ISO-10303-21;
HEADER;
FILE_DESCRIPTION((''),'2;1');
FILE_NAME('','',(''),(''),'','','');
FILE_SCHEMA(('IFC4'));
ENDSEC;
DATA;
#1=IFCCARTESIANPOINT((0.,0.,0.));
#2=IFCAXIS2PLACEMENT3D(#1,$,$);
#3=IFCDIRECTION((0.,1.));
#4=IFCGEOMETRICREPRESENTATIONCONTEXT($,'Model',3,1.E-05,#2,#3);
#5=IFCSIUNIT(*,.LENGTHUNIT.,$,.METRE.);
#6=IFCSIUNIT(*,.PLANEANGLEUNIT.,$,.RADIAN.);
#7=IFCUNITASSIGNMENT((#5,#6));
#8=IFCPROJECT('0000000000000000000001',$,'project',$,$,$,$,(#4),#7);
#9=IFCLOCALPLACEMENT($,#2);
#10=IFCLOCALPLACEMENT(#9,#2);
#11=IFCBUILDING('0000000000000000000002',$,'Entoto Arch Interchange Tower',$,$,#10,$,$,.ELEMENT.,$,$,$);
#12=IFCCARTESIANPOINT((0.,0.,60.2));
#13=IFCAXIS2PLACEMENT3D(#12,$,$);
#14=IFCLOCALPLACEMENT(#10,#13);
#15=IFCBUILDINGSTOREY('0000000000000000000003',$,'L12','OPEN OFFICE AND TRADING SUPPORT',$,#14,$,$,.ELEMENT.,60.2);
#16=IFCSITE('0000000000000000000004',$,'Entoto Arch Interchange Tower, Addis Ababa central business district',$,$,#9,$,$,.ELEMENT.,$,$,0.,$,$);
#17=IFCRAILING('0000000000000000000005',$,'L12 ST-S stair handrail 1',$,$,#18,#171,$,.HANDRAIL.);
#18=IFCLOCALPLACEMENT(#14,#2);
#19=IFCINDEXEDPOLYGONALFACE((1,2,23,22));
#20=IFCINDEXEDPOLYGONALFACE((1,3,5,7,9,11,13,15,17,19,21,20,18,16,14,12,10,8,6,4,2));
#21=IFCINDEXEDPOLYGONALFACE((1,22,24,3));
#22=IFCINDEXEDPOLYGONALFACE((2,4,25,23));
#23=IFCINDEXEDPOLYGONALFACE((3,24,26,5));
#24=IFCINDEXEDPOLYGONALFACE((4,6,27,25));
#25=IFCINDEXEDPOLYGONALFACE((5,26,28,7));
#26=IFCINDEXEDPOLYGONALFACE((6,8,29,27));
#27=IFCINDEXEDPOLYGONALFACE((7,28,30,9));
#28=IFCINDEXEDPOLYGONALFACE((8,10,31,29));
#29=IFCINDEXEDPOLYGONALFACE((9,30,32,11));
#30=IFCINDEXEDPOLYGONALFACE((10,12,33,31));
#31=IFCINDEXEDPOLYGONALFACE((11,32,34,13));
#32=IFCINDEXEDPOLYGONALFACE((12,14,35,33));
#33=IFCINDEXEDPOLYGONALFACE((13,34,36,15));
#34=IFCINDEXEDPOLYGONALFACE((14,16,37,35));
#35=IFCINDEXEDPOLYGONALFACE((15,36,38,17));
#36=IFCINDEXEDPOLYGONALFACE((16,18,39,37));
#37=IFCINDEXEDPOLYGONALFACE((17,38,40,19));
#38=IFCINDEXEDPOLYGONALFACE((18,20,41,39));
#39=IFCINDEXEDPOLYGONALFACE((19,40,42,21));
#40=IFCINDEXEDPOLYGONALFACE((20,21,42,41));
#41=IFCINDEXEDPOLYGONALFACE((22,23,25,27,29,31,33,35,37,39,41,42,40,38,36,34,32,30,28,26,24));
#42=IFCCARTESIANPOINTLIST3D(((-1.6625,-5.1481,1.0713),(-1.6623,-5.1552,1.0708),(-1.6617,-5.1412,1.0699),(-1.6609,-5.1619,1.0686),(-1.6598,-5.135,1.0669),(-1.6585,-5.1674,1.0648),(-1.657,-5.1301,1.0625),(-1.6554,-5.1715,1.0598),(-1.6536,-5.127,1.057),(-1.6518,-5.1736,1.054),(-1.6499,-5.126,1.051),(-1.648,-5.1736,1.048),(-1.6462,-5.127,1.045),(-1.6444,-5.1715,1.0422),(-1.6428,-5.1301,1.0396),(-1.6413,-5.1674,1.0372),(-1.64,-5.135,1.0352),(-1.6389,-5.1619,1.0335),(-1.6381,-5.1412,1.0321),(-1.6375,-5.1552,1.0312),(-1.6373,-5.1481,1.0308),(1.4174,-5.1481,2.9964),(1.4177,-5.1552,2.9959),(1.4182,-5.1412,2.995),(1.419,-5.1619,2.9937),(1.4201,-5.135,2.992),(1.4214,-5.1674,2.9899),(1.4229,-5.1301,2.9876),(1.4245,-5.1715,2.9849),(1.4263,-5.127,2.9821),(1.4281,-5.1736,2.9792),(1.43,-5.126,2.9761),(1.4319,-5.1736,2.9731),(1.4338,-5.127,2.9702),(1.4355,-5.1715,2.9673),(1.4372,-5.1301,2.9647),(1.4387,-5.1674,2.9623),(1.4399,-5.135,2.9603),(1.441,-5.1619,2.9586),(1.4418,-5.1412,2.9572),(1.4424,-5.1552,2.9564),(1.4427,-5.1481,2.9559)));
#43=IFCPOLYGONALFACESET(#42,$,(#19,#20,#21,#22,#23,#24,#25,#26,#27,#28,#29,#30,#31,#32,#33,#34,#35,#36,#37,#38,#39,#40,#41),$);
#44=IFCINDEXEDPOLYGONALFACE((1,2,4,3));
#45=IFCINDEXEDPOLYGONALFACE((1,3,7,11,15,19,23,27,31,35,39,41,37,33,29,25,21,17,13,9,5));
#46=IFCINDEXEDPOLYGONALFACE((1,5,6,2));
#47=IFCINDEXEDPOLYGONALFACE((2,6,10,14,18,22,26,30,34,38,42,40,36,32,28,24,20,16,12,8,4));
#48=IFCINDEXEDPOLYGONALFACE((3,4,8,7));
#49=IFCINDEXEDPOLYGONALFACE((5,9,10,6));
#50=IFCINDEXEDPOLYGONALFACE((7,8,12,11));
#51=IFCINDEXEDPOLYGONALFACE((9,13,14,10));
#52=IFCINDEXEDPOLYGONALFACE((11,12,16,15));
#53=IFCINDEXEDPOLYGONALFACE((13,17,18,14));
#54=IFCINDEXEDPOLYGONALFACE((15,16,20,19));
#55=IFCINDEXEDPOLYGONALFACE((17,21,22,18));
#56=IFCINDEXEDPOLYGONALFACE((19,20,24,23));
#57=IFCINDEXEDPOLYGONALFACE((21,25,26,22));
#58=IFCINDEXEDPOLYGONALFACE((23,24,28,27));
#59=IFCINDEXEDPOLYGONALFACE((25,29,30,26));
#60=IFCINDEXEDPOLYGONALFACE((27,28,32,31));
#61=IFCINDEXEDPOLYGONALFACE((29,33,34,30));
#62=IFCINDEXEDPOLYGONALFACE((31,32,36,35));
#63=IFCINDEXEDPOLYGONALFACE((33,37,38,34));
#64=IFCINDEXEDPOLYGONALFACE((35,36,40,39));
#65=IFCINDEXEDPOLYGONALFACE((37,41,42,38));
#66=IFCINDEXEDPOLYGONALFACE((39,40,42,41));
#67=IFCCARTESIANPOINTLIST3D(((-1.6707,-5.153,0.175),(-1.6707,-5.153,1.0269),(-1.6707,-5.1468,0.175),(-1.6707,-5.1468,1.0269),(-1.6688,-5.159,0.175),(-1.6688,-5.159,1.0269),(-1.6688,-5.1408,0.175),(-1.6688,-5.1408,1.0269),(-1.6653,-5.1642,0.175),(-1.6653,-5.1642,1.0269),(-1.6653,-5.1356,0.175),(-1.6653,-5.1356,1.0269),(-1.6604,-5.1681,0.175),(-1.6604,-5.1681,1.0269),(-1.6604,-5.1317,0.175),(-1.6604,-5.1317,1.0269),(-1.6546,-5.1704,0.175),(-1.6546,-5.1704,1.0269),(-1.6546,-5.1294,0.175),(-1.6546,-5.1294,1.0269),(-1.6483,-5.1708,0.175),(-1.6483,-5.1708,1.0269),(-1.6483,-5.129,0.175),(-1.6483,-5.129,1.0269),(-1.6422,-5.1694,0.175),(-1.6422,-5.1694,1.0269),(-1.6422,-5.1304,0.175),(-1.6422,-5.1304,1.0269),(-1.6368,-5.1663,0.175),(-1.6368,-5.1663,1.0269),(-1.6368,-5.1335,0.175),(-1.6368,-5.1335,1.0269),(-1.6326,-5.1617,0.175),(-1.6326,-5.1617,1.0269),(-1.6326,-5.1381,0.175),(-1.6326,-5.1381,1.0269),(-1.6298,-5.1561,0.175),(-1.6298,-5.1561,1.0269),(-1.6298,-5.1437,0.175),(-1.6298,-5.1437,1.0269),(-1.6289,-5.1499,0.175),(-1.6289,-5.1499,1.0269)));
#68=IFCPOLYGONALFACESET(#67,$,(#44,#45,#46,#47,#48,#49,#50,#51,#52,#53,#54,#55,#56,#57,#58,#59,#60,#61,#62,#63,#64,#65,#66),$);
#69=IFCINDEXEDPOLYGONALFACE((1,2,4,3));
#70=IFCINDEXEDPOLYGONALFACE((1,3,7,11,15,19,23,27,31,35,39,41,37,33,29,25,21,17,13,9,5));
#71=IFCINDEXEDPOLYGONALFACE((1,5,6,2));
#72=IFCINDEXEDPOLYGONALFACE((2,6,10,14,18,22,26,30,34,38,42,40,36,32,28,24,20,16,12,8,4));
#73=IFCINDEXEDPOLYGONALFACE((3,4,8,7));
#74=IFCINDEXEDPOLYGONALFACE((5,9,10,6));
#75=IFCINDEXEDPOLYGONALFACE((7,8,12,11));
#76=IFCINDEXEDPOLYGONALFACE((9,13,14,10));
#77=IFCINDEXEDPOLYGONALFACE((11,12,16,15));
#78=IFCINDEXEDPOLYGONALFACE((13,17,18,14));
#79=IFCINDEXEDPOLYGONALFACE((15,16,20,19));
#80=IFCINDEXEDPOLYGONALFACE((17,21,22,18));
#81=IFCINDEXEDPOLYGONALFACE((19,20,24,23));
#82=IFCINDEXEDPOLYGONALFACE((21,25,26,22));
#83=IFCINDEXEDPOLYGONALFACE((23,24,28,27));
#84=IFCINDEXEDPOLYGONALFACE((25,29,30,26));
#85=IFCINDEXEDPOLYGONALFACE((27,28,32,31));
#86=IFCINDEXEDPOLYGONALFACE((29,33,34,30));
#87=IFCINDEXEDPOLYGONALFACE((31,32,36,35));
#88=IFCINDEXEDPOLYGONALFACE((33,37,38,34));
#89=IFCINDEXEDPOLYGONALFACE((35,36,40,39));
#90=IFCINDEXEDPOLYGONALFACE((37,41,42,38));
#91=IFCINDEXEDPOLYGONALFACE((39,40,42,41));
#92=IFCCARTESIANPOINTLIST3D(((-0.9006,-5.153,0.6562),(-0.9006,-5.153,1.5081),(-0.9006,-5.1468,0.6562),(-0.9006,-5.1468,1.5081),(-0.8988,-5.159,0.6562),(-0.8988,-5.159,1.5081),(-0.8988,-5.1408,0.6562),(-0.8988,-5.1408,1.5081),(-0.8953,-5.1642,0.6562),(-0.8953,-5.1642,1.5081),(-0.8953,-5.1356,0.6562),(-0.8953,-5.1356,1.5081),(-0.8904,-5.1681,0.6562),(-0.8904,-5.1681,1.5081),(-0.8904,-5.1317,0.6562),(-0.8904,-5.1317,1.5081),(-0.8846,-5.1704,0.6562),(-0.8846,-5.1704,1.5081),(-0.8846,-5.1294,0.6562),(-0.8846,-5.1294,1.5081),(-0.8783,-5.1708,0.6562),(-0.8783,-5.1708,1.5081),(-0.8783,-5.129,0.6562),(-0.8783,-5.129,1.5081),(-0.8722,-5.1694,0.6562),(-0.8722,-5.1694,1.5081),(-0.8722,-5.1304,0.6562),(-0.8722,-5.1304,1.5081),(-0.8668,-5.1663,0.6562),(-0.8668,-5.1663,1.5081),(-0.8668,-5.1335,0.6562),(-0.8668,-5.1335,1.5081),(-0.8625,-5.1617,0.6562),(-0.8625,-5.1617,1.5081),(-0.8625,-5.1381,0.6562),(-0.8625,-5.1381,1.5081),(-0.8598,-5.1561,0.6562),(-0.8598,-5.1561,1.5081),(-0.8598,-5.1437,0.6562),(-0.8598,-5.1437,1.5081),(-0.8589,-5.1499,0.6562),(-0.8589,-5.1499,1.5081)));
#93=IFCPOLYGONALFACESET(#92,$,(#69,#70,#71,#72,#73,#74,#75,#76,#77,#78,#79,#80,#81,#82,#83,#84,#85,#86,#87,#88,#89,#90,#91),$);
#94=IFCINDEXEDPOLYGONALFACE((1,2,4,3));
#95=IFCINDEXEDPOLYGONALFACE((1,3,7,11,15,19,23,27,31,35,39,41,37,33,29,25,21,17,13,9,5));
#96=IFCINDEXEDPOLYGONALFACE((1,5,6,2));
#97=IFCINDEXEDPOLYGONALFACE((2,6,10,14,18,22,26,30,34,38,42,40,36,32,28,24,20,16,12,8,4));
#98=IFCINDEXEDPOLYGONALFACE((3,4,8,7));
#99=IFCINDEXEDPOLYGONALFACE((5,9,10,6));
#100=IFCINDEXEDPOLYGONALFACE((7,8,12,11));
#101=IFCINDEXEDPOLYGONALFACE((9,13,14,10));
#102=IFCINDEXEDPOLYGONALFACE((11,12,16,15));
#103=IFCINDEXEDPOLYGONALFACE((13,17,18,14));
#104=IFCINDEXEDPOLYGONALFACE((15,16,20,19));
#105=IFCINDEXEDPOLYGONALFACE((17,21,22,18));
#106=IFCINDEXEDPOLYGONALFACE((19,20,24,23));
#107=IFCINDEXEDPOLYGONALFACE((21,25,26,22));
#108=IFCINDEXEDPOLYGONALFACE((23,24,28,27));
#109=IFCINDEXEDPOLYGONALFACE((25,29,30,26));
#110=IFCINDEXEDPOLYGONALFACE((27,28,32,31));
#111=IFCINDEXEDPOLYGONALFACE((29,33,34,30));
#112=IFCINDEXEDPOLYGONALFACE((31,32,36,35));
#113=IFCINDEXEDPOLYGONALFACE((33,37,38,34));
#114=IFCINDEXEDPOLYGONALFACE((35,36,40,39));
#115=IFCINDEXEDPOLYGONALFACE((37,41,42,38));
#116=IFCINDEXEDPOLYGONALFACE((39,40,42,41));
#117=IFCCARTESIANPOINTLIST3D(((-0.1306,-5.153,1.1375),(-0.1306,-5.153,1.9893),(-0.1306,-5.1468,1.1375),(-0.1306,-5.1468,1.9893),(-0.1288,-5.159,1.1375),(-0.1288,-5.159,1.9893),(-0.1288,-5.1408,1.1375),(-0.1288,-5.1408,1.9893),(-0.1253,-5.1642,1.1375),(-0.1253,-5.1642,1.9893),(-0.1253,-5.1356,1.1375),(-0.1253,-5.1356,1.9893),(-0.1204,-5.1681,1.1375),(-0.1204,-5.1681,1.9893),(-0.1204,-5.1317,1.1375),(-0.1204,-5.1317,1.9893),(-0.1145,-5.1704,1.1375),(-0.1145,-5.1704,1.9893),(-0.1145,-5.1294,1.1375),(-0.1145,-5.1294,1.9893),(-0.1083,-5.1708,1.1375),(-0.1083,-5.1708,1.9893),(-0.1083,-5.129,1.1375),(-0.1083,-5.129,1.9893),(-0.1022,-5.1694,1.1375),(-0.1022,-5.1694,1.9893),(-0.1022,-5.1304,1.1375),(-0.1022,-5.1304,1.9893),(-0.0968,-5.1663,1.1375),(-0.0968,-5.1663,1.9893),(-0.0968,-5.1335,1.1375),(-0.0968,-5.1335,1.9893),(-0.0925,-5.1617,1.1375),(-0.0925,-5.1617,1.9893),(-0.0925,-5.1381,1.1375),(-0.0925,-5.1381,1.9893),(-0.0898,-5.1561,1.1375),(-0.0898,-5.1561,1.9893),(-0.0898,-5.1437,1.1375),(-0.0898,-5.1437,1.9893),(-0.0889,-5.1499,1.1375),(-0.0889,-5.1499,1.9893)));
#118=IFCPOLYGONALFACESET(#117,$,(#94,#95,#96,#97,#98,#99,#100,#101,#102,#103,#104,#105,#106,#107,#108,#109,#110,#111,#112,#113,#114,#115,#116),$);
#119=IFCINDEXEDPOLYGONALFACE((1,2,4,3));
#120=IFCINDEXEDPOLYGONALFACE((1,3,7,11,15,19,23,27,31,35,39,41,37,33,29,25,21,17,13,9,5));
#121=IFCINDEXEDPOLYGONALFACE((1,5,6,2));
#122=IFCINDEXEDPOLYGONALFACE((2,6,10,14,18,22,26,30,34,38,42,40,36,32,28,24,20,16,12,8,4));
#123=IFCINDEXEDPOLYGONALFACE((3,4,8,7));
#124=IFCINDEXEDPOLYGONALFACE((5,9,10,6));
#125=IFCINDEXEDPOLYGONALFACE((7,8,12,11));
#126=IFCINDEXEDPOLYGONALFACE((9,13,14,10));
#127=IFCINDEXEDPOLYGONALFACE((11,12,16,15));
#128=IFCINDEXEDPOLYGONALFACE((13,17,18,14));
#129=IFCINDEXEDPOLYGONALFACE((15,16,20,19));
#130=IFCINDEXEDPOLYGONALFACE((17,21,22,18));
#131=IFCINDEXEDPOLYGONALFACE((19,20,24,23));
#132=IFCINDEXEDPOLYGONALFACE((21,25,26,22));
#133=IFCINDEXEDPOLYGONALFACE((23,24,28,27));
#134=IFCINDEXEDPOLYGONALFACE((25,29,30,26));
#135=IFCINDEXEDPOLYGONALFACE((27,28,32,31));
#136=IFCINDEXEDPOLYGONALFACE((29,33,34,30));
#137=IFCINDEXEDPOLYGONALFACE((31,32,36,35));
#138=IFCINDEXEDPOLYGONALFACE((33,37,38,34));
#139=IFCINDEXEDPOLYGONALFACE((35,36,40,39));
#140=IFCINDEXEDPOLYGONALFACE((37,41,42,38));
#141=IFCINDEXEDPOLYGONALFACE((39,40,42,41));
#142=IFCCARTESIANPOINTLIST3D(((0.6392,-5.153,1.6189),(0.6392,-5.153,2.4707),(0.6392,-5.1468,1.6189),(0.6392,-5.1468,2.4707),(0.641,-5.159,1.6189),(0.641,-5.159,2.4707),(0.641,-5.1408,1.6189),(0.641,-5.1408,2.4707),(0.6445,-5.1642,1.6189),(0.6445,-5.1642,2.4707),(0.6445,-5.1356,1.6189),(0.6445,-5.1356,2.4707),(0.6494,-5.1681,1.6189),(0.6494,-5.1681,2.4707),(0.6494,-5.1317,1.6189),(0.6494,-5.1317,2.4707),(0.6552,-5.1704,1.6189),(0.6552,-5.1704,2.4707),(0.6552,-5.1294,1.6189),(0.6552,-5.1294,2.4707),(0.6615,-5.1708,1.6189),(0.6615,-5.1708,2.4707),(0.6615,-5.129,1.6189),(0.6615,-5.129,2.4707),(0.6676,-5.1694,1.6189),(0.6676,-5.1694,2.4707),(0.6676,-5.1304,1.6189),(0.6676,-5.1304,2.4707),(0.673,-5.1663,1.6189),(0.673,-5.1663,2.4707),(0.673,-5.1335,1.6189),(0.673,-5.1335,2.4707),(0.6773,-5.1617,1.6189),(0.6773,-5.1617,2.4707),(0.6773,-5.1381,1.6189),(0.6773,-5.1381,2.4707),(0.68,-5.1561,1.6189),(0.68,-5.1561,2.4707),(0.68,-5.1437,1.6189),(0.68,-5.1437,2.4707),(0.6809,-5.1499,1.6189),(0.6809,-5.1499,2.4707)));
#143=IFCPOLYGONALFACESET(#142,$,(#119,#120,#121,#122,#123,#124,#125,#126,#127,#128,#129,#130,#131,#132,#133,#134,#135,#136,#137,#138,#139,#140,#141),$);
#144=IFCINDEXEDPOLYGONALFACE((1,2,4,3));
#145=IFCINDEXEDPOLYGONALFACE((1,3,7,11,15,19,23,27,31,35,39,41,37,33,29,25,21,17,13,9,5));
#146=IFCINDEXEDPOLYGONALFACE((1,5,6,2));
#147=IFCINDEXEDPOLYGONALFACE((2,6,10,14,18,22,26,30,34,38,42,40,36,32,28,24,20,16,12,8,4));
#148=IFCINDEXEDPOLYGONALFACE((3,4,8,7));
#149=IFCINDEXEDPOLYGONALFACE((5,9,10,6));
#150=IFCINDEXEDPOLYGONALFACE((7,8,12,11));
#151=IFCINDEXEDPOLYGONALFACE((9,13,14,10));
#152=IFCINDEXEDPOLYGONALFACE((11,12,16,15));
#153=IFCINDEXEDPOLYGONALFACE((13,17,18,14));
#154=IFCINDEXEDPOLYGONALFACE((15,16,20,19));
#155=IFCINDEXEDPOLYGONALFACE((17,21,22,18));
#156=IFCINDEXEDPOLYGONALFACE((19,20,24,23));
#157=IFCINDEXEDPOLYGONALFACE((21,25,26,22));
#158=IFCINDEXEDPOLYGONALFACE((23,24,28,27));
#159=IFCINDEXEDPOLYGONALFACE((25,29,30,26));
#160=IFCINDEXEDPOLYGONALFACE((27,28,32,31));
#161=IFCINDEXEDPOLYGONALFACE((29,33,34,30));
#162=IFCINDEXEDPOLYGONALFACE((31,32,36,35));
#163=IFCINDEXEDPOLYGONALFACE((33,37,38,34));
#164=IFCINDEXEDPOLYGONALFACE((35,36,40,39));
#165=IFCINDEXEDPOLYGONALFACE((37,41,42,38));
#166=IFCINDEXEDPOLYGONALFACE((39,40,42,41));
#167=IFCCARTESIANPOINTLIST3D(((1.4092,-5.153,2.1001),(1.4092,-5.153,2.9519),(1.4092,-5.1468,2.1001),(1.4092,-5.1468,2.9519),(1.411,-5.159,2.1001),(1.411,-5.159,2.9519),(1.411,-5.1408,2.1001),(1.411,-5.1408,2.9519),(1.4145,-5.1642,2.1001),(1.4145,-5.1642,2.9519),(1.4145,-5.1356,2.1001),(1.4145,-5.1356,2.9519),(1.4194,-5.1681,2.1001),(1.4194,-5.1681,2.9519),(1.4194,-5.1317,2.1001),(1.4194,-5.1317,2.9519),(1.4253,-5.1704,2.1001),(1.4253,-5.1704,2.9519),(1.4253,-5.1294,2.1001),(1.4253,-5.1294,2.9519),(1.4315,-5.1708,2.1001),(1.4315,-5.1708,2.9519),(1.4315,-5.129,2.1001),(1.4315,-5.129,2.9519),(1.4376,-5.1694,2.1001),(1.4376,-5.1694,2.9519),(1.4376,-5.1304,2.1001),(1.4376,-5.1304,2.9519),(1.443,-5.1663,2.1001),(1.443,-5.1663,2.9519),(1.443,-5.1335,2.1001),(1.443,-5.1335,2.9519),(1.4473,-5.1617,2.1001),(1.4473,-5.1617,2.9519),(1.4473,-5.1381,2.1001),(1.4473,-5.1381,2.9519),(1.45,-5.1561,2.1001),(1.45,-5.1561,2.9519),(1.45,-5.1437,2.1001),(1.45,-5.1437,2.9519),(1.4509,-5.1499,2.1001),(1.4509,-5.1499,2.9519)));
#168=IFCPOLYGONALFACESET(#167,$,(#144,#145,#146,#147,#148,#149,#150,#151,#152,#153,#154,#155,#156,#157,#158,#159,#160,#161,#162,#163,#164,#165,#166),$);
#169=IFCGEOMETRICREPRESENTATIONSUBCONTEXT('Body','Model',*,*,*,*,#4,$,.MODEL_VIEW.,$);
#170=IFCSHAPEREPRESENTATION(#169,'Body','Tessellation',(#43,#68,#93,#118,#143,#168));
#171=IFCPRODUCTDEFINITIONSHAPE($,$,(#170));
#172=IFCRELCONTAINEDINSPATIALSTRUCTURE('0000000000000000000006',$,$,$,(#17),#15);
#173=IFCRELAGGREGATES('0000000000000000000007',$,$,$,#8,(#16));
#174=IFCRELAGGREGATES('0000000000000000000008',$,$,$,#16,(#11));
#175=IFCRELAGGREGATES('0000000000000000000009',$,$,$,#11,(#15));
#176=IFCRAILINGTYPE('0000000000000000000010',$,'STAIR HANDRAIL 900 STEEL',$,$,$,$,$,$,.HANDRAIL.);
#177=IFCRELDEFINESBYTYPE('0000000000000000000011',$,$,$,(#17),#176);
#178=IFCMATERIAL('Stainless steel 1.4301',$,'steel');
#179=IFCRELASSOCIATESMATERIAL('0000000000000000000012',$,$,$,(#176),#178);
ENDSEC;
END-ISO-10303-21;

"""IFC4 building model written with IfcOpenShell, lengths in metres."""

from ifc_helpers import new_model, si_unit, direction, frame, origin, origin_2d, place, context, subcontext, project, spatial, circle, extrude, material, type_object, element, save


model = new_model("IFC4")

# Units and contexts
model_context = context("Model", 3, precision=1e-05, world=origin(), true_north=direction((0.0, 1.0)))
body_context = subcontext(model_context, "Body", "Model", "MODEL_VIEW")
ifc_project = project(units=[si_unit("LENGTHUNIT", "METRE"), si_unit("PLANEANGLEUNIT", "RADIAN")], contexts=[model_context])

# Site, building, storey
site_placement = place(None, origin())
site = spatial("IfcSite", under=ifc_project, at=site_placement, Name="Entoto Arch Interchange Tower, Addis Ababa central business district", CompositionType="ELEMENT", RefElevation=0.0)
building_placement = place(site_placement, origin())
building = spatial("IfcBuilding", under=site, at=building_placement, Name="Entoto Arch Interchange Tower", CompositionType="ELEMENT")
storey_placement = place(building_placement, frame((0.0, 0.0, 60.2)))
storey = spatial("IfcBuildingStorey", under=building, at=storey_placement, Name="L12", Description="OPEN OFFICE AND TRADING SUPPORT", CompositionType="ELEMENT", Elevation=60.2)

# Railing
ifc_material_1 = material(Name="Stainless steel 1.4301", Category="steel")
railing_type = type_object("IfcRailingType", Name="STAIR HANDRAIL 900 STEEL", PredefinedType="HANDRAIL", material=ifc_material_1)
railing_placement = place(storey_placement, frame((-1.6499, -5.1499, 0.175)))
element("IfcRailing", 1, at=railing_placement, inside=storey, type_object=railing_type, Name="L12 ST-S stair handrail 1", PredefinedType="HANDRAIL", context=body_context, shape_type="SweptSolid", body=[
    extrude(circle(Radius=0.0239, at=origin_2d()), frame((0.0, 0.0, 0.876), z_axis=(0.847979, 0.0, 0.530029), x_axis=(0.0, 1.0, 0.0)), (0.0, 0.0, 1.0), 3.6321),
    extrude(circle(Radius=0.021, at=origin_2d()), origin(), (0.0, 0.0, 1.0), 0.8518),
    extrude(circle(Radius=0.021, at=origin_2d()), frame((0.77, 0.0, 0.4812)), (0.0, 0.0, 1.0), 0.8518),
    extrude(circle(Radius=0.021, at=origin_2d()), frame((1.54, 0.0, 0.9624)), (0.0, 0.0, 1.0), 0.8518),
    extrude(circle(Radius=0.021, at=origin_2d()), frame((2.3098, 0.0, 1.4438)), (0.0, 0.0, 1.0), 0.8518),
    extrude(circle(Radius=0.021, at=origin_2d()), frame((3.0798, 0.0, 1.925)), (0.0, 0.0, 1.0), 0.8518),
])

save(model, "model.ifc")
